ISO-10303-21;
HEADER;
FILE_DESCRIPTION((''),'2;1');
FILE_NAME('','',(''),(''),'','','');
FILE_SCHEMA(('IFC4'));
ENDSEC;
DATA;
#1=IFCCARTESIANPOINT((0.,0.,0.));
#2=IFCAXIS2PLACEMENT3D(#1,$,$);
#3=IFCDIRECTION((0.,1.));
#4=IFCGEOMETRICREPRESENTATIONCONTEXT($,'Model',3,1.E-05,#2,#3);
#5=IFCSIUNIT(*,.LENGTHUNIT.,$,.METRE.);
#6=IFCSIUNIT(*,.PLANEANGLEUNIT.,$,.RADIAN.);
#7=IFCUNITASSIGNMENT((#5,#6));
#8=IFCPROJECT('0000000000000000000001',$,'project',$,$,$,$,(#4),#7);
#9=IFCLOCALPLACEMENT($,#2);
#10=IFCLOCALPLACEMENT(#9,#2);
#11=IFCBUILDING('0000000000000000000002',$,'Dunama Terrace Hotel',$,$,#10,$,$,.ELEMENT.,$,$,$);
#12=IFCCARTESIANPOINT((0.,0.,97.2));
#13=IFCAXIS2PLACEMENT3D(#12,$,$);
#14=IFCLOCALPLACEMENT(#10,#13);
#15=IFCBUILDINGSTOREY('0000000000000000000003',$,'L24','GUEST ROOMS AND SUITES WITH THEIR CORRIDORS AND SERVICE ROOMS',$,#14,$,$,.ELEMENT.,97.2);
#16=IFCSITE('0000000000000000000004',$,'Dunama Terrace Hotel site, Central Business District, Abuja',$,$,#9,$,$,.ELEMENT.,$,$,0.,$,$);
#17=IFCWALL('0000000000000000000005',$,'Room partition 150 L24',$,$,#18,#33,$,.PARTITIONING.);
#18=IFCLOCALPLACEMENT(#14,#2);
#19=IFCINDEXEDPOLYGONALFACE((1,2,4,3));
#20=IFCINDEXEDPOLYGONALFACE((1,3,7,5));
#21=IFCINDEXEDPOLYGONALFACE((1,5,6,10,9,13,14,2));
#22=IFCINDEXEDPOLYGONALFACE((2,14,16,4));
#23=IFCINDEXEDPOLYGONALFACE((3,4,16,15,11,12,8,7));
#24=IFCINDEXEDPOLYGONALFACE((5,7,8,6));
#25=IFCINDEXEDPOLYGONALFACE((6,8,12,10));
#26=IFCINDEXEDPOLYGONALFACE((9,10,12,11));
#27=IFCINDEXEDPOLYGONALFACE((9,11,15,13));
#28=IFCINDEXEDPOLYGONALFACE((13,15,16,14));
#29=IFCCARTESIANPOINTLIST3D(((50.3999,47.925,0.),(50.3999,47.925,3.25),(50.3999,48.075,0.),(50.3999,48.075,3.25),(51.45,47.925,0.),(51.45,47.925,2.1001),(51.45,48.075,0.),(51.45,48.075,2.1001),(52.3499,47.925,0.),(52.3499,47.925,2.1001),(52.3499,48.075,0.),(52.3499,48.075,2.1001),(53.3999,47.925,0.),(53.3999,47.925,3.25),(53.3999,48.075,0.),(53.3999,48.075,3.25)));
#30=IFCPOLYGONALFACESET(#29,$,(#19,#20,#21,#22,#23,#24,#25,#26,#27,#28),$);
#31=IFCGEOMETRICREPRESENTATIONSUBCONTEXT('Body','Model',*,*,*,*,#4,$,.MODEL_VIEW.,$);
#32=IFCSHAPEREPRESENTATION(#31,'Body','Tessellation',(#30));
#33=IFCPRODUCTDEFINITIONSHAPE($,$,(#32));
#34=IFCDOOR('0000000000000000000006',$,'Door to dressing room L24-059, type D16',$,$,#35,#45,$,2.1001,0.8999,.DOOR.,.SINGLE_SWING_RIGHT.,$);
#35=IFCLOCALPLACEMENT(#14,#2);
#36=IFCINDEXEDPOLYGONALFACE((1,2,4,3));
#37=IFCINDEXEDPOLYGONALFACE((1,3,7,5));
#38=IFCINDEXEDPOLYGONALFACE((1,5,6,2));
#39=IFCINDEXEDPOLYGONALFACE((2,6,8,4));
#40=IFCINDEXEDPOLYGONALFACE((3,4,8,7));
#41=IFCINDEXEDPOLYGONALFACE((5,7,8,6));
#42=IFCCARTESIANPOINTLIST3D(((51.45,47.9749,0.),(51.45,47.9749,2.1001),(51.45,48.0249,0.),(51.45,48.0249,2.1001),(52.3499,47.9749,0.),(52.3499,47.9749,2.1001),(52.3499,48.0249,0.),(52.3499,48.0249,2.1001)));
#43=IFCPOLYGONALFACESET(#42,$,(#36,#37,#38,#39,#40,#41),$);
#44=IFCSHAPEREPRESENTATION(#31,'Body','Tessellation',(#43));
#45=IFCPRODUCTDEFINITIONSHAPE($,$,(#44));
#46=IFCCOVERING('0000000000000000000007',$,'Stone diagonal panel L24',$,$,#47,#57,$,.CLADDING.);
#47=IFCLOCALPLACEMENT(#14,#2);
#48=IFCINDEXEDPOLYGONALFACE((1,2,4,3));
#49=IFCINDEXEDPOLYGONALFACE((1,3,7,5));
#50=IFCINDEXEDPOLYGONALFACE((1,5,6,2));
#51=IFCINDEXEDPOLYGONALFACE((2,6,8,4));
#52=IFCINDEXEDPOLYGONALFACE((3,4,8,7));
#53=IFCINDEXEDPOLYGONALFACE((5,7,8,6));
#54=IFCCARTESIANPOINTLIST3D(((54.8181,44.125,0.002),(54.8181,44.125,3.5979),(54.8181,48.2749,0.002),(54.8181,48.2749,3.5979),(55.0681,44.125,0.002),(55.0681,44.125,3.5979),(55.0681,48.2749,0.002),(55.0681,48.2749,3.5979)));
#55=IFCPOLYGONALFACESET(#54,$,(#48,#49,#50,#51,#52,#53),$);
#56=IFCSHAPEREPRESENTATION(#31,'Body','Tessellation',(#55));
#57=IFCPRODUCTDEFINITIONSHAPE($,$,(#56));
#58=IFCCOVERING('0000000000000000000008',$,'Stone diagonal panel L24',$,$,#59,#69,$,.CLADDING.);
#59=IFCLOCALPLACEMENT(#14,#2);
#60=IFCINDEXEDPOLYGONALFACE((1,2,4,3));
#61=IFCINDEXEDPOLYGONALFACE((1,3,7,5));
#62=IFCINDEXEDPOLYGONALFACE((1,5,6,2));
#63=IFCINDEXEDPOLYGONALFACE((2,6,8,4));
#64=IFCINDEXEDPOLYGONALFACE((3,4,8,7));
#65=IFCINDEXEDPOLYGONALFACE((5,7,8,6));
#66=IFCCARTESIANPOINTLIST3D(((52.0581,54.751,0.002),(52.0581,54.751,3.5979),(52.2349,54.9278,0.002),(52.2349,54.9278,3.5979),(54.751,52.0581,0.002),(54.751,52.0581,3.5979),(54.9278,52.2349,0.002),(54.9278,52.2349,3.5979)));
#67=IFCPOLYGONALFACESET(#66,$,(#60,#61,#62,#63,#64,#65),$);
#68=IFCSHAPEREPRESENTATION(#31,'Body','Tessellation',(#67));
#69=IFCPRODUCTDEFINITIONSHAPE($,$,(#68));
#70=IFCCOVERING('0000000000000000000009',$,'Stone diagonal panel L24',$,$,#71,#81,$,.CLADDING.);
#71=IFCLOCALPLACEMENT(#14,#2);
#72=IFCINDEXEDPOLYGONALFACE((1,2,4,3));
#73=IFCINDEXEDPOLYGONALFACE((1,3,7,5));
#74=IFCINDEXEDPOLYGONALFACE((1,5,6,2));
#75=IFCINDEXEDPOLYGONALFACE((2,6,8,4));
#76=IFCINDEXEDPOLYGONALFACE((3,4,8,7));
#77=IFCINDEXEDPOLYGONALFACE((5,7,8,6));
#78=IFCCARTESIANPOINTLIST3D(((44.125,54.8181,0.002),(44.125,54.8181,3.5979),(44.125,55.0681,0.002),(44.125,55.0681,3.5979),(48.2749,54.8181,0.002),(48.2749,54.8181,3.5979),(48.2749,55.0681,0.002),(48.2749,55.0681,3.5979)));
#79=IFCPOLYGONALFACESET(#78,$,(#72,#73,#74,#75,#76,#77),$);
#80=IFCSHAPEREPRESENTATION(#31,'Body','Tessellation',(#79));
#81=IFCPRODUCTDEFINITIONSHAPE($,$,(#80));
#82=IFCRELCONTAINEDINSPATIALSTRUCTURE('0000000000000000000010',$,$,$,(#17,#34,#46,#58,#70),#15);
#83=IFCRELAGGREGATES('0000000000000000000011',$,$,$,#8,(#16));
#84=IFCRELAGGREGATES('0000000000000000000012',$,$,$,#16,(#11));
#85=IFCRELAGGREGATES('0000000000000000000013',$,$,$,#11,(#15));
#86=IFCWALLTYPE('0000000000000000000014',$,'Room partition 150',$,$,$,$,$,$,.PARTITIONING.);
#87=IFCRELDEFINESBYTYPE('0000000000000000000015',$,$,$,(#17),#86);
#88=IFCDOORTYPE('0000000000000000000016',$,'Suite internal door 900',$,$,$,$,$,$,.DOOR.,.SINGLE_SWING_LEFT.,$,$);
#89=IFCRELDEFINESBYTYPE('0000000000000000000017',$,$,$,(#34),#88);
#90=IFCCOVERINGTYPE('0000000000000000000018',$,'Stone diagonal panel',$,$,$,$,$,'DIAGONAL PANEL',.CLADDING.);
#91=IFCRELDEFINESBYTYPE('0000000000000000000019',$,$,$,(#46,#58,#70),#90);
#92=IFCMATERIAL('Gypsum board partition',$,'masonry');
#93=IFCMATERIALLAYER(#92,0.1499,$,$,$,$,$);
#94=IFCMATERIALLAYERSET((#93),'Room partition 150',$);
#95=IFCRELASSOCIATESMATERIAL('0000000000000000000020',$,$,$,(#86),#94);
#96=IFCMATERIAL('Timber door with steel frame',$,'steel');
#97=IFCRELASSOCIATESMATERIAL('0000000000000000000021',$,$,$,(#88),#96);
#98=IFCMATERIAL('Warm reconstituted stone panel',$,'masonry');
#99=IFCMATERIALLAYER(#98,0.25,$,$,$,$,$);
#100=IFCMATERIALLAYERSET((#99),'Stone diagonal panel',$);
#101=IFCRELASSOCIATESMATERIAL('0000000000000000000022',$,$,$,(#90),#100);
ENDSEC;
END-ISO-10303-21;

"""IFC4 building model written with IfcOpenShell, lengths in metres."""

from ifc_helpers import new_model, si_unit, direction, frame, frame_2d, origin, origin_2d, place, context, subcontext, project, spatial, rectangle, extrude, material, layer, layer_set, type_object, element, fill, save


model = new_model("IFC4")

# Units and contexts
model_context = context("Model", 3, precision=1e-05, world=origin(), true_north=direction((0.0, 1.0)))
body_context = subcontext(model_context, "Body", "Model", "MODEL_VIEW")
ifc_project = project(units=[si_unit("LENGTHUNIT", "METRE"), si_unit("PLANEANGLEUNIT", "RADIAN")], contexts=[model_context])

# Site, building, storey
site_placement = place(None, origin())
site = spatial("IfcSite", under=ifc_project, at=site_placement, Name="Dunama Terrace Hotel site, Central Business District, Abuja", CompositionType="ELEMENT", RefElevation=0.0)
building_placement = place(site_placement, origin())
building = spatial("IfcBuilding", under=site, at=building_placement, Name="Dunama Terrace Hotel", CompositionType="ELEMENT")
storey_placement = place(building_placement, frame((0.0, 0.0, 97.2)))
storey = spatial("IfcBuildingStorey", under=building, at=storey_placement, Name="L24", Description="GUEST ROOMS AND SUITES WITH THEIR CORRIDORS AND SERVICE ROOMS", CompositionType="ELEMENT", Elevation=97.2)

# Shared definitions
ifc_material_1 = material(Name="Gypsum board partition", Category="masonry")
ifc_layer_1 = layer(ifc_material_1, 0.1499)
ifc_layer_set_1 = layer_set([ifc_layer_1], Name="Room partition 150")
wall_type_1 = type_object("IfcWallType", Name="Room partition 150", PredefinedType="PARTITIONING", material=ifc_layer_set_1)

# Wall, opening, door
wall_1_placement = place(storey_placement, frame((50.3999, 48.0, 0.0), z_axis=(0.0, 0.0, 1.0), x_axis=(1.0, 0.0, 0.0)))
wall_1 = element("IfcWall", 1, at=wall_1_placement, inside=storey, type_object=wall_type_1, Name="Room partition 150 L24", PredefinedType="PARTITIONING", context=body_context, shape_type="SweptSolid", body=[
    extrude(rectangle(XDim=3.0, YDim=0.1499, at=frame_2d((1.5, 0.0))), origin(), (0.0, 0.0, 1.0), 3.25),
])
opening_1_placement = place(wall_1_placement, frame((1.05, 0.0, 0.0)))
opening_1 = element("IfcOpeningElement", 2, at=opening_1_placement, cuts=wall_1, PredefinedType="OPENING", context=body_context, shape_type="SweptSolid", body=[
    extrude(rectangle(XDim=0.8999, YDim=2.1001, at=frame_2d((0.45, 1.05))), frame((0.0, 0.085, 0.0), z_axis=(0.0, -1.0, 0.0), x_axis=(1.0, 0.0, 0.0)), (0.0, 0.0, 1.0), 0.1699),
])
ifc_material_2 = material(Name="Timber door with steel frame", Category="steel")
door_type_1 = type_object("IfcDoorType", Name="Suite internal door 900", OperationType="SINGLE_SWING_LEFT", PredefinedType="DOOR", material=ifc_material_2)
door_1_placement = place(opening_1_placement, frame((0.8999, 0.0, 0.0), z_axis=(0.0, 0.0, 1.0), x_axis=(-1.0, 0.0, 0.0)))
door_1 = element("IfcDoor", 3, at=door_1_placement, inside=storey, type_object=door_type_1, Name="Door to dressing room L24-059, type D16", OperationType="SINGLE_SWING_RIGHT", OverallHeight=2.1001, OverallWidth=0.8999, PredefinedType="DOOR", context=body_context, shape_type="SweptSolid", body=[
    extrude(rectangle(XDim=0.8999, YDim=2.1001, at=frame_2d((0.45, 1.05))), frame((0.0, 0.0251, 0.0), z_axis=(0.0, -1.0, 0.0), x_axis=(1.0, 0.0, 0.0)), (0.0, 0.0, 1.0), 0.05),
])
fill(opening_1, door_1)

# Coverings
ifc_material_3 = material(Name="Warm reconstituted stone panel", Category="masonry")
ifc_layer_2 = layer(ifc_material_3, 0.25)
ifc_layer_set_2 = layer_set([ifc_layer_2], Name="Stone diagonal panel")
covering_type = type_object("IfcCoveringType", Name="Stone diagonal panel", ElementType="DIAGONAL PANEL", PredefinedType="CLADDING", material=ifc_layer_set_2)
covering_1_placement = place(storey_placement, frame((54.9431, 46.2, 0.002), z_axis=(0.0, 0.0, 1.0), x_axis=(0.0, 1.0, 0.0)))
element("IfcCovering", 4, at=covering_1_placement, inside=storey, type_object=covering_type, Name="Stone diagonal panel L24", PredefinedType="CLADDING", context=body_context, shape_type="SweptSolid", body=[
    extrude(rectangle(XDim=4.1499, YDim=0.25, at=origin_2d()), origin(), (0.0, 0.0, 1.0), 3.5959),
])
covering_2_placement = place(storey_placement, frame((53.4929, 53.4929, 0.002), z_axis=(0.0, 0.0, 1.0), x_axis=(-0.707107, 0.707107, 0.0)))
element("IfcCovering", 5, at=covering_2_placement, inside=storey, type_object=covering_type, Name="Stone diagonal panel L24", PredefinedType="CLADDING", context=body_context, shape_type="SweptSolid", body=[
    extrude(rectangle(XDim=3.8083, YDim=0.25, at=origin_2d()), origin(), (0.0, 0.0, 1.0), 3.5959),
])
covering_3_placement = place(storey_placement, frame((46.2, 54.9431, 0.002), z_axis=(0.0, 0.0, 1.0), x_axis=(-1.0, 0.0, 0.0)))
element("IfcCovering", 6, at=covering_3_placement, inside=storey, type_object=covering_type, Name="Stone diagonal panel L24", PredefinedType="CLADDING", context=body_context, shape_type="SweptSolid", body=[
    extrude(rectangle(XDim=4.1499, YDim=0.25, at=origin_2d()), origin(), (0.0, 0.0, 1.0), 3.5959),
])

save(model, "model.ifc")
